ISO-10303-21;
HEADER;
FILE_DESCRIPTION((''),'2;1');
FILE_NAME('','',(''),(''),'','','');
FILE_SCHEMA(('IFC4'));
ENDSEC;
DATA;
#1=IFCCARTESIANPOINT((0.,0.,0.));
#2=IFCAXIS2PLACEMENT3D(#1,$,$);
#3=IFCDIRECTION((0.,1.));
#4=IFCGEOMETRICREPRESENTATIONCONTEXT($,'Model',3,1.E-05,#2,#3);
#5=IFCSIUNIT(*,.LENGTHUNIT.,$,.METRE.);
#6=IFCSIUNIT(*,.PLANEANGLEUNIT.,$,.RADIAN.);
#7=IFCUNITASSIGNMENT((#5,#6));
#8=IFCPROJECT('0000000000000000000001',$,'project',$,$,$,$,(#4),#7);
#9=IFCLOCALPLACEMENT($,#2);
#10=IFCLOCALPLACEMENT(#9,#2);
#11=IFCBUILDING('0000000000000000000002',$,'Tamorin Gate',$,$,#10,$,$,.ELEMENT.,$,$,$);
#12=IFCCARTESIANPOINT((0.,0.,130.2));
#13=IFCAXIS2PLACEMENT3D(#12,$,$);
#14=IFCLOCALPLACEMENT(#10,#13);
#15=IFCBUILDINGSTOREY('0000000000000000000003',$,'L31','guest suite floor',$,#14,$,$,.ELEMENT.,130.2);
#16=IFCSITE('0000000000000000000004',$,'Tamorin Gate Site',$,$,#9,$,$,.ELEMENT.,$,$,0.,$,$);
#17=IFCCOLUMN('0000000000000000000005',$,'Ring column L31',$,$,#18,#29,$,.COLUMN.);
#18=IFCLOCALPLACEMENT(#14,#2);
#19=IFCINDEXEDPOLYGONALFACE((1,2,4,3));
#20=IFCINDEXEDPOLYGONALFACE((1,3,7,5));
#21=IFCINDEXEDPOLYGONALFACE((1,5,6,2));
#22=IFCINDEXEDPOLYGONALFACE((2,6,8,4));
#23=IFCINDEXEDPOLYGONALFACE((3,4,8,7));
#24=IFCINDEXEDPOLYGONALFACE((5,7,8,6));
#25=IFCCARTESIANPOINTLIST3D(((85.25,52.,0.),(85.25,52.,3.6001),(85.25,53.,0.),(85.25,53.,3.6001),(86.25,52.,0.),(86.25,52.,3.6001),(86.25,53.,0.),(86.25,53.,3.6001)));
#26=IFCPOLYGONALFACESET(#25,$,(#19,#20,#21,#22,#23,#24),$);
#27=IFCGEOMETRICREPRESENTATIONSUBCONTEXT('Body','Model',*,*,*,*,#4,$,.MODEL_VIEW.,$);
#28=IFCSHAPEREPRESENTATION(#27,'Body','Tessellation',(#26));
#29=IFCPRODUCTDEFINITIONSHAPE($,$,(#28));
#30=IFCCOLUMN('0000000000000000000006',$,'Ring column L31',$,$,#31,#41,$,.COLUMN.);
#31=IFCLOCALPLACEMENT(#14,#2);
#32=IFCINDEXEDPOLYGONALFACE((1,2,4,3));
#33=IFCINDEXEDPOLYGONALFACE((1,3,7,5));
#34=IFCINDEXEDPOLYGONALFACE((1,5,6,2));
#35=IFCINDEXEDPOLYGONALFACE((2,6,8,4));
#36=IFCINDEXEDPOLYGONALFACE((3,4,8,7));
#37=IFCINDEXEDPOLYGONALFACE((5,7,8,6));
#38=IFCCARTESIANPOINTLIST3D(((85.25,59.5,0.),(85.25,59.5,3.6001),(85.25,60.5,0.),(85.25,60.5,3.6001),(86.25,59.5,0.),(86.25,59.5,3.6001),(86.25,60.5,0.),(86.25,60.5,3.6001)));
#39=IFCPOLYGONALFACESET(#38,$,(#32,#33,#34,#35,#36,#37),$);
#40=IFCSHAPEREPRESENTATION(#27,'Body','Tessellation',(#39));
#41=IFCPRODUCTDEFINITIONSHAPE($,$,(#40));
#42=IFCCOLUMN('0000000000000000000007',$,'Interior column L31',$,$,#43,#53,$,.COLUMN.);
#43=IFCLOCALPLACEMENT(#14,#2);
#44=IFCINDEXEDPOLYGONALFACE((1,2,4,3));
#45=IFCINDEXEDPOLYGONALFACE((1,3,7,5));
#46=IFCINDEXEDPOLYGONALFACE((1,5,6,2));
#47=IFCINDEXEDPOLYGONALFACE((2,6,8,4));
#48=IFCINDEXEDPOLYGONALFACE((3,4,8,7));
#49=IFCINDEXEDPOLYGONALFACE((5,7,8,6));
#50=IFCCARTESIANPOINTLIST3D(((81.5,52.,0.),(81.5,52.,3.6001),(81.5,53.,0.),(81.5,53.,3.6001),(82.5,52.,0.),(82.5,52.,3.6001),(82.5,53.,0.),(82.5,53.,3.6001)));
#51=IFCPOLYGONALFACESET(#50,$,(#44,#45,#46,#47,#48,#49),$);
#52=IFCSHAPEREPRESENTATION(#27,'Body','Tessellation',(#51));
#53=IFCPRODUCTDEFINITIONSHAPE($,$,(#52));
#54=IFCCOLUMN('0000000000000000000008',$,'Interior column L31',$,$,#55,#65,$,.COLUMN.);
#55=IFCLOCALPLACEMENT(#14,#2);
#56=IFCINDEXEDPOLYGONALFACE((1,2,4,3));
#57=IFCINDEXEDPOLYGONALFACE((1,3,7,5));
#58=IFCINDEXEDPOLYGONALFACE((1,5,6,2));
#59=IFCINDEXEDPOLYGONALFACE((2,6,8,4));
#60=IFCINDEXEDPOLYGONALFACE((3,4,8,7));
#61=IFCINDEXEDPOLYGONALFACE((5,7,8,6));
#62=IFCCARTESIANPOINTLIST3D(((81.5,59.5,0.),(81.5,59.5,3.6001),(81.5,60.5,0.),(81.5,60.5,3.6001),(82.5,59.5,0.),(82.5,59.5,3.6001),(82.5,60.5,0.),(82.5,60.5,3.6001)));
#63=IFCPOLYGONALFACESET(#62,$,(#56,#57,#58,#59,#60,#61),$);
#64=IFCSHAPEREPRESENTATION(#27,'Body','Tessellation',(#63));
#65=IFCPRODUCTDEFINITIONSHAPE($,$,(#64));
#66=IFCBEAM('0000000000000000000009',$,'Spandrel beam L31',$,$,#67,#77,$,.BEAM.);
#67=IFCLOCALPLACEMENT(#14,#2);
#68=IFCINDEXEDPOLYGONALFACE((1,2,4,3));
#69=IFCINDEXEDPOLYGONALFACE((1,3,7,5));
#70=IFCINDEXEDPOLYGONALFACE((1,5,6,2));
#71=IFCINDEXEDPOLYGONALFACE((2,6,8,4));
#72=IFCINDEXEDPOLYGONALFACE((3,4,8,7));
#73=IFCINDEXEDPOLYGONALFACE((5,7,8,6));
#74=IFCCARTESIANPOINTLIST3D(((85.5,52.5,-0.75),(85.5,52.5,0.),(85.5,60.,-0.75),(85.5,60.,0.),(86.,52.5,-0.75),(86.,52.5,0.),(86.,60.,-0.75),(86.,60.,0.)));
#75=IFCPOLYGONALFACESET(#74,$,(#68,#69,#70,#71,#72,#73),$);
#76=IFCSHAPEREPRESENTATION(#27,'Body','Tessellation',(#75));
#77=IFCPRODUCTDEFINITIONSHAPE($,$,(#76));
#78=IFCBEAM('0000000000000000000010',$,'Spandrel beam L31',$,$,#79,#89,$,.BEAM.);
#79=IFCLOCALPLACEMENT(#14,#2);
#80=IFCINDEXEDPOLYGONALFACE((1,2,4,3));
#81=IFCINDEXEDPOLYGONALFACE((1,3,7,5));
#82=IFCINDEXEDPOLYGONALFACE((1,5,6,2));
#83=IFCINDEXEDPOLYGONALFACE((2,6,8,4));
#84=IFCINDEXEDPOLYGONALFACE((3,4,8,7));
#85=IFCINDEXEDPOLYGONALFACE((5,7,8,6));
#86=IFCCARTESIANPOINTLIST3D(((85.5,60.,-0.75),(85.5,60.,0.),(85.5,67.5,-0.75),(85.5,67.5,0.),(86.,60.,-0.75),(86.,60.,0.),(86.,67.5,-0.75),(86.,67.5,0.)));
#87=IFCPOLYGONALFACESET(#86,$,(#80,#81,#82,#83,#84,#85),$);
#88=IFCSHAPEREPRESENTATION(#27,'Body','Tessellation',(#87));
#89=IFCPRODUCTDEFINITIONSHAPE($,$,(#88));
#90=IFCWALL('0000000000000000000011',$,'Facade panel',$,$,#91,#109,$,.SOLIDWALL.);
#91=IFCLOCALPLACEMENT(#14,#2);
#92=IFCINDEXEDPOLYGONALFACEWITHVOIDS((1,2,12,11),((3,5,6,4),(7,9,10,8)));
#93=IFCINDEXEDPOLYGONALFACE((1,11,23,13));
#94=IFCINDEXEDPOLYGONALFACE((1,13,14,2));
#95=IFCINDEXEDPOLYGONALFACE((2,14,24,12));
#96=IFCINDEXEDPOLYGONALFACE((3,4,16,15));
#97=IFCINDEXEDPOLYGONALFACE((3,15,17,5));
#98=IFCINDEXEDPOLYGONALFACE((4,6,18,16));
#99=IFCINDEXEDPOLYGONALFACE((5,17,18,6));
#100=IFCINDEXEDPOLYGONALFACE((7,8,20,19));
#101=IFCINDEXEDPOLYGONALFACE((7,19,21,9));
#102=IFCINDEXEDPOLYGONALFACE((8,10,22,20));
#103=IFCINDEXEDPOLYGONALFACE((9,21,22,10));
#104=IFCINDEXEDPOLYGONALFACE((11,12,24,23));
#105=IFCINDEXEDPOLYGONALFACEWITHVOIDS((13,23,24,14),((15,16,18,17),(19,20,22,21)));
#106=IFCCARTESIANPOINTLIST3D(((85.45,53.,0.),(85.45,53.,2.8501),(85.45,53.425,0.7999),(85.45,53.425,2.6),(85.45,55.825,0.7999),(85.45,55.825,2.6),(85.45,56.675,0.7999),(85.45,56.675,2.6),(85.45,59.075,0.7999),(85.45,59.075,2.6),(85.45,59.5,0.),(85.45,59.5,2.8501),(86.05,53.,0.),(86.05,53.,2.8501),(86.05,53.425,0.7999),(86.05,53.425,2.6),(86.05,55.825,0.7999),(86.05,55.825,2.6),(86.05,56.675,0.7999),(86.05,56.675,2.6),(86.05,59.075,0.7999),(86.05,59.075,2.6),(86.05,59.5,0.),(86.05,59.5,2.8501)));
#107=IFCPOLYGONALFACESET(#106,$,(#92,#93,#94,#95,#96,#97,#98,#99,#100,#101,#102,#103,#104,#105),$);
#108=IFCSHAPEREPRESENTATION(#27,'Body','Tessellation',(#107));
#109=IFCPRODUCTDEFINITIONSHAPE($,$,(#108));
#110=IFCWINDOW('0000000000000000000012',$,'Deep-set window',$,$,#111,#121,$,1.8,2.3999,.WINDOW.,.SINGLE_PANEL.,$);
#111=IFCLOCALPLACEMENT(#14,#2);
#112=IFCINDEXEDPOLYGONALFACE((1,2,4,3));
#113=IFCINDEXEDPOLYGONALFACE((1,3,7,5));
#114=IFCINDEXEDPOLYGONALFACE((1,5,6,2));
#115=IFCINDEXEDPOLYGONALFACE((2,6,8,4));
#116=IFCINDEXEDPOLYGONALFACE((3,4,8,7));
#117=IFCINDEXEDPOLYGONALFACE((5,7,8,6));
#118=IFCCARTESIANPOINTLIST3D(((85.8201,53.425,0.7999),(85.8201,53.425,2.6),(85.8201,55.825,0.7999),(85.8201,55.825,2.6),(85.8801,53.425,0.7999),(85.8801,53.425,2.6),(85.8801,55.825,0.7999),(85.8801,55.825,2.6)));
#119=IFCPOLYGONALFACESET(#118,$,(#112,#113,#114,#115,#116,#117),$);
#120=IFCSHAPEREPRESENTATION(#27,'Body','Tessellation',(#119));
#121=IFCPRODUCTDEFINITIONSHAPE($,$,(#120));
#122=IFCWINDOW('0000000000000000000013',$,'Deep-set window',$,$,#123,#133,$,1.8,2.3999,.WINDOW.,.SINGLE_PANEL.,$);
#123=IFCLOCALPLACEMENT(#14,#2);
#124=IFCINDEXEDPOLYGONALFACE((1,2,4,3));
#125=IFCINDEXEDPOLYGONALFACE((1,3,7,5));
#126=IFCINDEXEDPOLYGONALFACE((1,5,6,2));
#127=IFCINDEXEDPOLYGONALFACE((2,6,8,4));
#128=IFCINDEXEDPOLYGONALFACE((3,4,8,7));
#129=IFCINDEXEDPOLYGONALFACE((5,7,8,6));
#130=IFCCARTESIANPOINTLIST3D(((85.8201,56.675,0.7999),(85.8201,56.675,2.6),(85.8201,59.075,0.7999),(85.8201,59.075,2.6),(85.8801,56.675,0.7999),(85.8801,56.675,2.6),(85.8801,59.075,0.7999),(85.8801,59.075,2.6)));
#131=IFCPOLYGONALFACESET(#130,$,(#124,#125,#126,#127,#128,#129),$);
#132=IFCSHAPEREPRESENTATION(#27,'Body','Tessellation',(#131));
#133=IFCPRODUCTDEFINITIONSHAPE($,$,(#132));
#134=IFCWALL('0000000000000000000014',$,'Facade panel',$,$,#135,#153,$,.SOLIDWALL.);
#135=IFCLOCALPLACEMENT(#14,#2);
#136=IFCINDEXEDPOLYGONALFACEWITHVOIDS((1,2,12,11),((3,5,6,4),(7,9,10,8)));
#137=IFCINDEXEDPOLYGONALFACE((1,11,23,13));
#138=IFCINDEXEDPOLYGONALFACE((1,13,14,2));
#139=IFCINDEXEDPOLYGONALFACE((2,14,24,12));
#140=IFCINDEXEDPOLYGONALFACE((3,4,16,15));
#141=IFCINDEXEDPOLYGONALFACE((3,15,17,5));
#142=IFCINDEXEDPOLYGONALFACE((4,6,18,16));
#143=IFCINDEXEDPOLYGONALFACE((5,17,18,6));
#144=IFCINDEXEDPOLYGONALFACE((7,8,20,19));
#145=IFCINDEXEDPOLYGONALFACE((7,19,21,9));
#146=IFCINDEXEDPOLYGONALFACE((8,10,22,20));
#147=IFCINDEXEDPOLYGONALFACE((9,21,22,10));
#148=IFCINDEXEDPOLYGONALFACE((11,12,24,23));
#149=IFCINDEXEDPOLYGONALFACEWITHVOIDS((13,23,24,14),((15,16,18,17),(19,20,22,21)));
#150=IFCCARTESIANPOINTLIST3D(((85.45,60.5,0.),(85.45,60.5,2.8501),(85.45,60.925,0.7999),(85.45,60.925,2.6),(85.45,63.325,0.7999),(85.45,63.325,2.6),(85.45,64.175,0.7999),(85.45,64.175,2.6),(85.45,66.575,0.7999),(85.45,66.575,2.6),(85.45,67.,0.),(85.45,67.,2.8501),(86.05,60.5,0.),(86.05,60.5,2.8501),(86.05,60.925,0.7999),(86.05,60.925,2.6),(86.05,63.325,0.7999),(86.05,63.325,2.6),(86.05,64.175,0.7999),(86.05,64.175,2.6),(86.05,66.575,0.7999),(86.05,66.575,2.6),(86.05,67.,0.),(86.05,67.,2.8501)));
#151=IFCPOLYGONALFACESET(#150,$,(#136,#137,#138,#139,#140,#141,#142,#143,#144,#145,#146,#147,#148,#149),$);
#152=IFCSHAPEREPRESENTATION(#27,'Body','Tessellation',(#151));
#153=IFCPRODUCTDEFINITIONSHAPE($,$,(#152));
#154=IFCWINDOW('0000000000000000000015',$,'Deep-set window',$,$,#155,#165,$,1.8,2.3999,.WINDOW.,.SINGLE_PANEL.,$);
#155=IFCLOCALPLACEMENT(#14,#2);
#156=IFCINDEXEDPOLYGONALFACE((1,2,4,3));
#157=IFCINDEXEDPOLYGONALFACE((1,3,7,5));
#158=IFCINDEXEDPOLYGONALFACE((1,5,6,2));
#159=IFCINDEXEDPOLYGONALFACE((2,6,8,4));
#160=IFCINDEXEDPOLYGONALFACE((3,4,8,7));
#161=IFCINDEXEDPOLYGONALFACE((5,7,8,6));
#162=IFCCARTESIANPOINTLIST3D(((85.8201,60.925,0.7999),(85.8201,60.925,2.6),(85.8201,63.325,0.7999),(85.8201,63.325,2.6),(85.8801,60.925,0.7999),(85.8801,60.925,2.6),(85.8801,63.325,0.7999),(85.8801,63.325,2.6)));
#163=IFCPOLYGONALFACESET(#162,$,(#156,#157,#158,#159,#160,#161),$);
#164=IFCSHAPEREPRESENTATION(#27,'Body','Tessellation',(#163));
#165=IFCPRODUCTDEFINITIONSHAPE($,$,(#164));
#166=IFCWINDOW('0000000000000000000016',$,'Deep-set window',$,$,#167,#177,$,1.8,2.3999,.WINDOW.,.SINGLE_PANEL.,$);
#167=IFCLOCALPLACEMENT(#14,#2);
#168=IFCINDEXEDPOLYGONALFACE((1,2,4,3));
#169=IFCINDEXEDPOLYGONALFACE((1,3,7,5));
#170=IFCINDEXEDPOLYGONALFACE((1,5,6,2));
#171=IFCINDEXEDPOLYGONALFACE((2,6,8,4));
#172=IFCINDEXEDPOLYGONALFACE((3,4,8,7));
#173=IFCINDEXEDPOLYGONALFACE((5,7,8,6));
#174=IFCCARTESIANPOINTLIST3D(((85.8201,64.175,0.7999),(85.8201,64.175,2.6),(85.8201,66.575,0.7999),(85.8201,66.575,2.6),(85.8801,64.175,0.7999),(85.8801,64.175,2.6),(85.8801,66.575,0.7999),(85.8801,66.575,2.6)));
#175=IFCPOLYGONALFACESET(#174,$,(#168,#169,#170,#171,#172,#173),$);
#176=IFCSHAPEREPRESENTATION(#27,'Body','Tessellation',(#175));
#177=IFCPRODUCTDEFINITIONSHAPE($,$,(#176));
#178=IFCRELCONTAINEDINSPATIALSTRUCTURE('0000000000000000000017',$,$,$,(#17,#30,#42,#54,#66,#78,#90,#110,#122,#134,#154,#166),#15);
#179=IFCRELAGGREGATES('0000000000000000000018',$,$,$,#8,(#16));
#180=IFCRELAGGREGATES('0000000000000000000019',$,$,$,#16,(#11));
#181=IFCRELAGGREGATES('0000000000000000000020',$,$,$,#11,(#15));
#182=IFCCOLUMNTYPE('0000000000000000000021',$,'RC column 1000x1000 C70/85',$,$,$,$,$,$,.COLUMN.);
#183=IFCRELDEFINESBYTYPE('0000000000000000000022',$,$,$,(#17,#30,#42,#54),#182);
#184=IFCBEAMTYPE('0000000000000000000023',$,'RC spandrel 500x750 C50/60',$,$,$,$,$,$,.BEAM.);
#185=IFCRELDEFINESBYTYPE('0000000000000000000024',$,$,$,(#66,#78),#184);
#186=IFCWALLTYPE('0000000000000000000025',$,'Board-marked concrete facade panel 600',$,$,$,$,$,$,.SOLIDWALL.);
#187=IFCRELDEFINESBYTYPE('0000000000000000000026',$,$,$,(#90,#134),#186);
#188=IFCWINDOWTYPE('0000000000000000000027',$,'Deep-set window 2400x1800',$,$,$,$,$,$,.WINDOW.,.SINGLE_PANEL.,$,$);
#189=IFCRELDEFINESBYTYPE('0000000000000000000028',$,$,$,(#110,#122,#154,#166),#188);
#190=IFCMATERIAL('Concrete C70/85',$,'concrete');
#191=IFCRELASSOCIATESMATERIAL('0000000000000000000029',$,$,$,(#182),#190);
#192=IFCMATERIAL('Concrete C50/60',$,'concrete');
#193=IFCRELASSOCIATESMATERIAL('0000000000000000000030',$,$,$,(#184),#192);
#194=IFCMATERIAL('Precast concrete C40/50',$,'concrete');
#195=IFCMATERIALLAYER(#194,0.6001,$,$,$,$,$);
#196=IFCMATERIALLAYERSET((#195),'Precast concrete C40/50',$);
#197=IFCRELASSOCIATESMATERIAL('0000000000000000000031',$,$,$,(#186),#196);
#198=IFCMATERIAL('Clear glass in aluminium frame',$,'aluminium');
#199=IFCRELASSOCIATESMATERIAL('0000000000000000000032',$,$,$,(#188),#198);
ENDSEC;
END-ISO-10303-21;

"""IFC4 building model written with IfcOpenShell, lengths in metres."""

from ifc_helpers import new_model, si_unit, direction, frame, frame_2d, origin, origin_2d, place, context, subcontext, project, spatial, rectangle, extrude, material, layer, layer_set, material_profile, profile_set, type_object, element, fill, save


model = new_model("IFC4")

# Units and contexts
model_context = context("Model", 3, precision=1e-05, world=origin(), true_north=direction((0.0, 1.0)))
body_context = subcontext(model_context, "Body", "Model", "MODEL_VIEW")
ifc_project = project(units=[si_unit("LENGTHUNIT", "METRE"), si_unit("PLANEANGLEUNIT", "RADIAN")], contexts=[model_context])

# Site, building, storey
site_placement = place(None, origin())
site = spatial("IfcSite", under=ifc_project, at=site_placement, Name="Tamorin Gate Site", CompositionType="ELEMENT", RefElevation=0.0)
building_placement = place(site_placement, origin())
building = spatial("IfcBuilding", under=site, at=building_placement, Name="Tamorin Gate", CompositionType="ELEMENT")
storey_placement = place(building_placement, frame((0.0, 0.0, 130.2)))
storey = spatial("IfcBuildingStorey", under=building, at=storey_placement, Name="L31", Description="guest suite floor", CompositionType="ELEMENT", Elevation=130.2)

# Columns
ifc_material_1 = material(Name="Concrete C70/85", Category="concrete")
ifc_material_profile_1 = material_profile(ifc_material_1, rectangle(XDim=1.0, YDim=1.0, at=origin_2d()), Name="RC 1000x1000")
ifc_profile_set_1 = profile_set([ifc_material_profile_1], Name="Concrete C70/85")
column_type = type_object("IfcColumnType", Name="RC column 1000x1000 C70/85", PredefinedType="COLUMN", material=ifc_profile_set_1)
for number, where, z_axis, x_axis, name in (
    (1, (85.75, 52.5, 0.0), (0.0, 0.0, 1.0), (1.0, 0.0, 0.0), "Ring column L31"),
    (2, (85.75, 60.0, 0.0), (0.0, 0.0, 1.0), (1.0, 0.0, 0.0), "Ring column L31"),
    (3, (82.0, 52.5, 0.0), (0.0, 0.0, 1.0), (1.0, 0.0, 0.0), "Interior column L31"),
    (4, (82.0, 60.0, 0.0), (0.0, 0.0, 1.0), (1.0, 0.0, 0.0), "Interior column L31"),
):
    element("IfcColumn", number, at=place(storey_placement, frame(where, z_axis=z_axis, x_axis=x_axis)), inside=storey, type_object=column_type, Name=name, PredefinedType="COLUMN", context=body_context, shape_type="SweptSolid", body=[
        extrude(rectangle(XDim=1.0, YDim=1.0, at=origin_2d()), origin(), (0.0, 0.0, 1.0), 3.6001),
    ])

# Beams
ifc_material_2 = material(Name="Concrete C50/60", Category="concrete")
ifc_material_profile_2 = material_profile(ifc_material_2, rectangle(XDim=0.5, YDim=0.75, at=origin_2d()), Name="RC 500x750")
ifc_profile_set_2 = profile_set([ifc_material_profile_2], Name="Concrete C50/60")
beam_type = type_object("IfcBeamType", Name="RC spandrel 500x750 C50/60", PredefinedType="BEAM", material=ifc_profile_set_2)
for number, where, z_axis, x_axis, name in (
    (5, (85.75, 52.5, -0.375), (0.0, 1.0, 0.0), (-1.0, 0.0, 0.0), "Spandrel beam L31"),
    (6, (85.75, 60.0, -0.375), (0.0, 1.0, 0.0), (-1.0, 0.0, 0.0), "Spandrel beam L31"),
):
    element("IfcBeam", number, at=place(storey_placement, frame(where, z_axis=z_axis, x_axis=x_axis)), inside=storey, type_object=beam_type, Name=name, PredefinedType="BEAM", context=body_context, shape_type="SweptSolid", body=[
        extrude(rectangle(XDim=0.5, YDim=0.75, at=origin_2d()), origin(), (0.0, 0.0, 1.0), 7.5),
    ])

# Walls, openings, windows
ifc_material_3 = material(Name="Precast concrete C40/50", Category="concrete")
ifc_layer_1 = layer(ifc_material_3, 0.6001)
ifc_layer_set_1 = layer_set([ifc_layer_1], Name="Precast concrete C40/50")
wall_type_1 = type_object("IfcWallType", Name="Board-marked concrete facade panel 600", PredefinedType="SOLIDWALL", material=ifc_layer_set_1)
wall_1_placement = place(storey_placement, frame((85.75, 53.0, 0.0), z_axis=(0.0, 0.0, 1.0), x_axis=(0.0, 1.0, 0.0)))
wall_1 = element("IfcWall", 7, at=wall_1_placement, inside=storey, type_object=wall_type_1, Name="Facade panel", PredefinedType="SOLIDWALL", context=body_context, shape_type="SweptSolid", body=[
    extrude(rectangle(XDim=6.5, YDim=0.6001, at=frame_2d((3.25, 0.0))), origin(), (0.0, 0.0, 1.0), 2.8501),
])
opening_1_placement = place(wall_1_placement, frame((0.425, 0.0, 0.8)))
opening_1 = element("IfcOpeningElement", 8, at=opening_1_placement, cuts=wall_1, PredefinedType="OPENING", context=body_context, shape_type="SweptSolid", body=[
    extrude(rectangle(XDim=2.3999, YDim=1.8, at=frame_2d((1.2, 0.8999))), frame((0.0, 0.3101, 0.0), z_axis=(0.0, -1.0, 0.0), x_axis=(1.0, 0.0, 0.0)), (0.0, 0.0, 1.0), 0.6201),
])
opening_2_placement = place(wall_1_placement, frame((3.675, 0.0, 0.8)))
opening_2 = element("IfcOpeningElement", 9, at=opening_2_placement, cuts=wall_1, PredefinedType="OPENING", context=body_context, shape_type="SweptSolid", body=[
    extrude(rectangle(XDim=2.3999, YDim=1.8, at=frame_2d((1.2, 0.8999))), frame((0.0, 0.3101, 0.0), z_axis=(0.0, -1.0, 0.0), x_axis=(1.0, 0.0, 0.0)), (0.0, 0.0, 1.0), 0.6201),
])
ifc_material_4 = material(Name="Clear glass in aluminium frame", Category="aluminium")
window_type = type_object("IfcWindowType", Name="Deep-set window 2400x1800", PartitioningType="SINGLE_PANEL", PredefinedType="WINDOW", material=ifc_material_4)
window_1_placement = place(opening_1_placement, origin())
window_1 = element("IfcWindow", 10, at=window_1_placement, inside=storey, type_object=window_type, Name="Deep-set window", OverallHeight=1.8, OverallWidth=2.3999, PartitioningType="SINGLE_PANEL", PredefinedType="WINDOW", context=body_context, shape_type="SweptSolid", body=[
    extrude(rectangle(XDim=2.3999, YDim=1.8, at=frame_2d((1.2, 0.8999))), frame((0.0, -0.0701, 0.0), z_axis=(0.0, -1.0, 0.0), x_axis=(1.0, 0.0, 0.0)), (0.0, 0.0, 1.0), 0.0601),
])
fill(opening_1, window_1)
window_2_placement = place(opening_2_placement, origin())
window_2 = element("IfcWindow", 11, at=window_2_placement, inside=storey, type_object=window_type, Name="Deep-set window", OverallHeight=1.8, OverallWidth=2.3999, PartitioningType="SINGLE_PANEL", PredefinedType="WINDOW", context=body_context, shape_type="SweptSolid", body=[
    extrude(rectangle(XDim=2.3999, YDim=1.8, at=frame_2d((1.2, 0.8999))), frame((0.0, -0.0701, 0.0), z_axis=(0.0, -1.0, 0.0), x_axis=(1.0, 0.0, 0.0)), (0.0, 0.0, 1.0), 0.0601),
])
fill(opening_2, window_2)
wall_2_placement = place(storey_placement, frame((85.75, 60.5, 0.0), z_axis=(0.0, 0.0, 1.0), x_axis=(0.0, 1.0, 0.0)))
wall_2 = element("IfcWall", 12, at=wall_2_placement, inside=storey, type_object=wall_type_1, Name="Facade panel", PredefinedType="SOLIDWALL", context=body_context, shape_type="SweptSolid", body=[
    extrude(rectangle(XDim=6.5, YDim=0.6001, at=frame_2d((3.25, 0.0))), origin(), (0.0, 0.0, 1.0), 2.8501),
])
opening_3_placement = place(wall_2_placement, frame((0.425, 0.0, 0.8)))
opening_3 = element("IfcOpeningElement", 13, at=opening_3_placement, cuts=wall_2, PredefinedType="OPENING", context=body_context, shape_type="SweptSolid", body=[
    extrude(rectangle(XDim=2.3999, YDim=1.8, at=frame_2d((1.2, 0.8999))), frame((0.0, 0.3101, 0.0), z_axis=(0.0, -1.0, 0.0), x_axis=(1.0, 0.0, 0.0)), (0.0, 0.0, 1.0), 0.6201),
])
opening_4_placement = place(wall_2_placement, frame((3.675, 0.0, 0.8)))
opening_4 = element("IfcOpeningElement", 14, at=opening_4_placement, cuts=wall_2, PredefinedType="OPENING", context=body_context, shape_type="SweptSolid", body=[
    extrude(rectangle(XDim=2.3999, YDim=1.8, at=frame_2d((1.2, 0.8999))), frame((0.0, 0.3101, 0.0), z_axis=(0.0, -1.0, 0.0), x_axis=(1.0, 0.0, 0.0)), (0.0, 0.0, 1.0), 0.6201),
])
window_3_placement = place(opening_3_placement, origin())
window_3 = element("IfcWindow", 15, at=window_3_placement, inside=storey, type_object=window_type, Name="Deep-set window", OverallHeight=1.8, OverallWidth=2.3999, PartitioningType="SINGLE_PANEL", PredefinedType="WINDOW", context=body_context, shape_type="SweptSolid", body=[
    extrude(rectangle(XDim=2.3999, YDim=1.8, at=frame_2d((1.2, 0.8999))), frame((0.0, -0.0701, 0.0), z_axis=(0.0, -1.0, 0.0), x_axis=(1.0, 0.0, 0.0)), (0.0, 0.0, 1.0), 0.0601),
])
fill(opening_3, window_3)
window_4_placement = place(opening_4_placement, origin())
window_4 = element("IfcWindow", 16, at=window_4_placement, inside=storey, type_object=window_type, Name="Deep-set window", OverallHeight=1.8, OverallWidth=2.3999, PartitioningType="SINGLE_PANEL", PredefinedType="WINDOW", context=body_context, shape_type="SweptSolid", body=[
    extrude(rectangle(XDim=2.3999, YDim=1.8, at=frame_2d((1.2, 0.8999))), frame((0.0, -0.0701, 0.0), z_axis=(0.0, -1.0, 0.0), x_axis=(1.0, 0.0, 0.0)), (0.0, 0.0, 1.0), 0.0601),
])
fill(opening_4, window_4)

save(model, "model.ifc")
